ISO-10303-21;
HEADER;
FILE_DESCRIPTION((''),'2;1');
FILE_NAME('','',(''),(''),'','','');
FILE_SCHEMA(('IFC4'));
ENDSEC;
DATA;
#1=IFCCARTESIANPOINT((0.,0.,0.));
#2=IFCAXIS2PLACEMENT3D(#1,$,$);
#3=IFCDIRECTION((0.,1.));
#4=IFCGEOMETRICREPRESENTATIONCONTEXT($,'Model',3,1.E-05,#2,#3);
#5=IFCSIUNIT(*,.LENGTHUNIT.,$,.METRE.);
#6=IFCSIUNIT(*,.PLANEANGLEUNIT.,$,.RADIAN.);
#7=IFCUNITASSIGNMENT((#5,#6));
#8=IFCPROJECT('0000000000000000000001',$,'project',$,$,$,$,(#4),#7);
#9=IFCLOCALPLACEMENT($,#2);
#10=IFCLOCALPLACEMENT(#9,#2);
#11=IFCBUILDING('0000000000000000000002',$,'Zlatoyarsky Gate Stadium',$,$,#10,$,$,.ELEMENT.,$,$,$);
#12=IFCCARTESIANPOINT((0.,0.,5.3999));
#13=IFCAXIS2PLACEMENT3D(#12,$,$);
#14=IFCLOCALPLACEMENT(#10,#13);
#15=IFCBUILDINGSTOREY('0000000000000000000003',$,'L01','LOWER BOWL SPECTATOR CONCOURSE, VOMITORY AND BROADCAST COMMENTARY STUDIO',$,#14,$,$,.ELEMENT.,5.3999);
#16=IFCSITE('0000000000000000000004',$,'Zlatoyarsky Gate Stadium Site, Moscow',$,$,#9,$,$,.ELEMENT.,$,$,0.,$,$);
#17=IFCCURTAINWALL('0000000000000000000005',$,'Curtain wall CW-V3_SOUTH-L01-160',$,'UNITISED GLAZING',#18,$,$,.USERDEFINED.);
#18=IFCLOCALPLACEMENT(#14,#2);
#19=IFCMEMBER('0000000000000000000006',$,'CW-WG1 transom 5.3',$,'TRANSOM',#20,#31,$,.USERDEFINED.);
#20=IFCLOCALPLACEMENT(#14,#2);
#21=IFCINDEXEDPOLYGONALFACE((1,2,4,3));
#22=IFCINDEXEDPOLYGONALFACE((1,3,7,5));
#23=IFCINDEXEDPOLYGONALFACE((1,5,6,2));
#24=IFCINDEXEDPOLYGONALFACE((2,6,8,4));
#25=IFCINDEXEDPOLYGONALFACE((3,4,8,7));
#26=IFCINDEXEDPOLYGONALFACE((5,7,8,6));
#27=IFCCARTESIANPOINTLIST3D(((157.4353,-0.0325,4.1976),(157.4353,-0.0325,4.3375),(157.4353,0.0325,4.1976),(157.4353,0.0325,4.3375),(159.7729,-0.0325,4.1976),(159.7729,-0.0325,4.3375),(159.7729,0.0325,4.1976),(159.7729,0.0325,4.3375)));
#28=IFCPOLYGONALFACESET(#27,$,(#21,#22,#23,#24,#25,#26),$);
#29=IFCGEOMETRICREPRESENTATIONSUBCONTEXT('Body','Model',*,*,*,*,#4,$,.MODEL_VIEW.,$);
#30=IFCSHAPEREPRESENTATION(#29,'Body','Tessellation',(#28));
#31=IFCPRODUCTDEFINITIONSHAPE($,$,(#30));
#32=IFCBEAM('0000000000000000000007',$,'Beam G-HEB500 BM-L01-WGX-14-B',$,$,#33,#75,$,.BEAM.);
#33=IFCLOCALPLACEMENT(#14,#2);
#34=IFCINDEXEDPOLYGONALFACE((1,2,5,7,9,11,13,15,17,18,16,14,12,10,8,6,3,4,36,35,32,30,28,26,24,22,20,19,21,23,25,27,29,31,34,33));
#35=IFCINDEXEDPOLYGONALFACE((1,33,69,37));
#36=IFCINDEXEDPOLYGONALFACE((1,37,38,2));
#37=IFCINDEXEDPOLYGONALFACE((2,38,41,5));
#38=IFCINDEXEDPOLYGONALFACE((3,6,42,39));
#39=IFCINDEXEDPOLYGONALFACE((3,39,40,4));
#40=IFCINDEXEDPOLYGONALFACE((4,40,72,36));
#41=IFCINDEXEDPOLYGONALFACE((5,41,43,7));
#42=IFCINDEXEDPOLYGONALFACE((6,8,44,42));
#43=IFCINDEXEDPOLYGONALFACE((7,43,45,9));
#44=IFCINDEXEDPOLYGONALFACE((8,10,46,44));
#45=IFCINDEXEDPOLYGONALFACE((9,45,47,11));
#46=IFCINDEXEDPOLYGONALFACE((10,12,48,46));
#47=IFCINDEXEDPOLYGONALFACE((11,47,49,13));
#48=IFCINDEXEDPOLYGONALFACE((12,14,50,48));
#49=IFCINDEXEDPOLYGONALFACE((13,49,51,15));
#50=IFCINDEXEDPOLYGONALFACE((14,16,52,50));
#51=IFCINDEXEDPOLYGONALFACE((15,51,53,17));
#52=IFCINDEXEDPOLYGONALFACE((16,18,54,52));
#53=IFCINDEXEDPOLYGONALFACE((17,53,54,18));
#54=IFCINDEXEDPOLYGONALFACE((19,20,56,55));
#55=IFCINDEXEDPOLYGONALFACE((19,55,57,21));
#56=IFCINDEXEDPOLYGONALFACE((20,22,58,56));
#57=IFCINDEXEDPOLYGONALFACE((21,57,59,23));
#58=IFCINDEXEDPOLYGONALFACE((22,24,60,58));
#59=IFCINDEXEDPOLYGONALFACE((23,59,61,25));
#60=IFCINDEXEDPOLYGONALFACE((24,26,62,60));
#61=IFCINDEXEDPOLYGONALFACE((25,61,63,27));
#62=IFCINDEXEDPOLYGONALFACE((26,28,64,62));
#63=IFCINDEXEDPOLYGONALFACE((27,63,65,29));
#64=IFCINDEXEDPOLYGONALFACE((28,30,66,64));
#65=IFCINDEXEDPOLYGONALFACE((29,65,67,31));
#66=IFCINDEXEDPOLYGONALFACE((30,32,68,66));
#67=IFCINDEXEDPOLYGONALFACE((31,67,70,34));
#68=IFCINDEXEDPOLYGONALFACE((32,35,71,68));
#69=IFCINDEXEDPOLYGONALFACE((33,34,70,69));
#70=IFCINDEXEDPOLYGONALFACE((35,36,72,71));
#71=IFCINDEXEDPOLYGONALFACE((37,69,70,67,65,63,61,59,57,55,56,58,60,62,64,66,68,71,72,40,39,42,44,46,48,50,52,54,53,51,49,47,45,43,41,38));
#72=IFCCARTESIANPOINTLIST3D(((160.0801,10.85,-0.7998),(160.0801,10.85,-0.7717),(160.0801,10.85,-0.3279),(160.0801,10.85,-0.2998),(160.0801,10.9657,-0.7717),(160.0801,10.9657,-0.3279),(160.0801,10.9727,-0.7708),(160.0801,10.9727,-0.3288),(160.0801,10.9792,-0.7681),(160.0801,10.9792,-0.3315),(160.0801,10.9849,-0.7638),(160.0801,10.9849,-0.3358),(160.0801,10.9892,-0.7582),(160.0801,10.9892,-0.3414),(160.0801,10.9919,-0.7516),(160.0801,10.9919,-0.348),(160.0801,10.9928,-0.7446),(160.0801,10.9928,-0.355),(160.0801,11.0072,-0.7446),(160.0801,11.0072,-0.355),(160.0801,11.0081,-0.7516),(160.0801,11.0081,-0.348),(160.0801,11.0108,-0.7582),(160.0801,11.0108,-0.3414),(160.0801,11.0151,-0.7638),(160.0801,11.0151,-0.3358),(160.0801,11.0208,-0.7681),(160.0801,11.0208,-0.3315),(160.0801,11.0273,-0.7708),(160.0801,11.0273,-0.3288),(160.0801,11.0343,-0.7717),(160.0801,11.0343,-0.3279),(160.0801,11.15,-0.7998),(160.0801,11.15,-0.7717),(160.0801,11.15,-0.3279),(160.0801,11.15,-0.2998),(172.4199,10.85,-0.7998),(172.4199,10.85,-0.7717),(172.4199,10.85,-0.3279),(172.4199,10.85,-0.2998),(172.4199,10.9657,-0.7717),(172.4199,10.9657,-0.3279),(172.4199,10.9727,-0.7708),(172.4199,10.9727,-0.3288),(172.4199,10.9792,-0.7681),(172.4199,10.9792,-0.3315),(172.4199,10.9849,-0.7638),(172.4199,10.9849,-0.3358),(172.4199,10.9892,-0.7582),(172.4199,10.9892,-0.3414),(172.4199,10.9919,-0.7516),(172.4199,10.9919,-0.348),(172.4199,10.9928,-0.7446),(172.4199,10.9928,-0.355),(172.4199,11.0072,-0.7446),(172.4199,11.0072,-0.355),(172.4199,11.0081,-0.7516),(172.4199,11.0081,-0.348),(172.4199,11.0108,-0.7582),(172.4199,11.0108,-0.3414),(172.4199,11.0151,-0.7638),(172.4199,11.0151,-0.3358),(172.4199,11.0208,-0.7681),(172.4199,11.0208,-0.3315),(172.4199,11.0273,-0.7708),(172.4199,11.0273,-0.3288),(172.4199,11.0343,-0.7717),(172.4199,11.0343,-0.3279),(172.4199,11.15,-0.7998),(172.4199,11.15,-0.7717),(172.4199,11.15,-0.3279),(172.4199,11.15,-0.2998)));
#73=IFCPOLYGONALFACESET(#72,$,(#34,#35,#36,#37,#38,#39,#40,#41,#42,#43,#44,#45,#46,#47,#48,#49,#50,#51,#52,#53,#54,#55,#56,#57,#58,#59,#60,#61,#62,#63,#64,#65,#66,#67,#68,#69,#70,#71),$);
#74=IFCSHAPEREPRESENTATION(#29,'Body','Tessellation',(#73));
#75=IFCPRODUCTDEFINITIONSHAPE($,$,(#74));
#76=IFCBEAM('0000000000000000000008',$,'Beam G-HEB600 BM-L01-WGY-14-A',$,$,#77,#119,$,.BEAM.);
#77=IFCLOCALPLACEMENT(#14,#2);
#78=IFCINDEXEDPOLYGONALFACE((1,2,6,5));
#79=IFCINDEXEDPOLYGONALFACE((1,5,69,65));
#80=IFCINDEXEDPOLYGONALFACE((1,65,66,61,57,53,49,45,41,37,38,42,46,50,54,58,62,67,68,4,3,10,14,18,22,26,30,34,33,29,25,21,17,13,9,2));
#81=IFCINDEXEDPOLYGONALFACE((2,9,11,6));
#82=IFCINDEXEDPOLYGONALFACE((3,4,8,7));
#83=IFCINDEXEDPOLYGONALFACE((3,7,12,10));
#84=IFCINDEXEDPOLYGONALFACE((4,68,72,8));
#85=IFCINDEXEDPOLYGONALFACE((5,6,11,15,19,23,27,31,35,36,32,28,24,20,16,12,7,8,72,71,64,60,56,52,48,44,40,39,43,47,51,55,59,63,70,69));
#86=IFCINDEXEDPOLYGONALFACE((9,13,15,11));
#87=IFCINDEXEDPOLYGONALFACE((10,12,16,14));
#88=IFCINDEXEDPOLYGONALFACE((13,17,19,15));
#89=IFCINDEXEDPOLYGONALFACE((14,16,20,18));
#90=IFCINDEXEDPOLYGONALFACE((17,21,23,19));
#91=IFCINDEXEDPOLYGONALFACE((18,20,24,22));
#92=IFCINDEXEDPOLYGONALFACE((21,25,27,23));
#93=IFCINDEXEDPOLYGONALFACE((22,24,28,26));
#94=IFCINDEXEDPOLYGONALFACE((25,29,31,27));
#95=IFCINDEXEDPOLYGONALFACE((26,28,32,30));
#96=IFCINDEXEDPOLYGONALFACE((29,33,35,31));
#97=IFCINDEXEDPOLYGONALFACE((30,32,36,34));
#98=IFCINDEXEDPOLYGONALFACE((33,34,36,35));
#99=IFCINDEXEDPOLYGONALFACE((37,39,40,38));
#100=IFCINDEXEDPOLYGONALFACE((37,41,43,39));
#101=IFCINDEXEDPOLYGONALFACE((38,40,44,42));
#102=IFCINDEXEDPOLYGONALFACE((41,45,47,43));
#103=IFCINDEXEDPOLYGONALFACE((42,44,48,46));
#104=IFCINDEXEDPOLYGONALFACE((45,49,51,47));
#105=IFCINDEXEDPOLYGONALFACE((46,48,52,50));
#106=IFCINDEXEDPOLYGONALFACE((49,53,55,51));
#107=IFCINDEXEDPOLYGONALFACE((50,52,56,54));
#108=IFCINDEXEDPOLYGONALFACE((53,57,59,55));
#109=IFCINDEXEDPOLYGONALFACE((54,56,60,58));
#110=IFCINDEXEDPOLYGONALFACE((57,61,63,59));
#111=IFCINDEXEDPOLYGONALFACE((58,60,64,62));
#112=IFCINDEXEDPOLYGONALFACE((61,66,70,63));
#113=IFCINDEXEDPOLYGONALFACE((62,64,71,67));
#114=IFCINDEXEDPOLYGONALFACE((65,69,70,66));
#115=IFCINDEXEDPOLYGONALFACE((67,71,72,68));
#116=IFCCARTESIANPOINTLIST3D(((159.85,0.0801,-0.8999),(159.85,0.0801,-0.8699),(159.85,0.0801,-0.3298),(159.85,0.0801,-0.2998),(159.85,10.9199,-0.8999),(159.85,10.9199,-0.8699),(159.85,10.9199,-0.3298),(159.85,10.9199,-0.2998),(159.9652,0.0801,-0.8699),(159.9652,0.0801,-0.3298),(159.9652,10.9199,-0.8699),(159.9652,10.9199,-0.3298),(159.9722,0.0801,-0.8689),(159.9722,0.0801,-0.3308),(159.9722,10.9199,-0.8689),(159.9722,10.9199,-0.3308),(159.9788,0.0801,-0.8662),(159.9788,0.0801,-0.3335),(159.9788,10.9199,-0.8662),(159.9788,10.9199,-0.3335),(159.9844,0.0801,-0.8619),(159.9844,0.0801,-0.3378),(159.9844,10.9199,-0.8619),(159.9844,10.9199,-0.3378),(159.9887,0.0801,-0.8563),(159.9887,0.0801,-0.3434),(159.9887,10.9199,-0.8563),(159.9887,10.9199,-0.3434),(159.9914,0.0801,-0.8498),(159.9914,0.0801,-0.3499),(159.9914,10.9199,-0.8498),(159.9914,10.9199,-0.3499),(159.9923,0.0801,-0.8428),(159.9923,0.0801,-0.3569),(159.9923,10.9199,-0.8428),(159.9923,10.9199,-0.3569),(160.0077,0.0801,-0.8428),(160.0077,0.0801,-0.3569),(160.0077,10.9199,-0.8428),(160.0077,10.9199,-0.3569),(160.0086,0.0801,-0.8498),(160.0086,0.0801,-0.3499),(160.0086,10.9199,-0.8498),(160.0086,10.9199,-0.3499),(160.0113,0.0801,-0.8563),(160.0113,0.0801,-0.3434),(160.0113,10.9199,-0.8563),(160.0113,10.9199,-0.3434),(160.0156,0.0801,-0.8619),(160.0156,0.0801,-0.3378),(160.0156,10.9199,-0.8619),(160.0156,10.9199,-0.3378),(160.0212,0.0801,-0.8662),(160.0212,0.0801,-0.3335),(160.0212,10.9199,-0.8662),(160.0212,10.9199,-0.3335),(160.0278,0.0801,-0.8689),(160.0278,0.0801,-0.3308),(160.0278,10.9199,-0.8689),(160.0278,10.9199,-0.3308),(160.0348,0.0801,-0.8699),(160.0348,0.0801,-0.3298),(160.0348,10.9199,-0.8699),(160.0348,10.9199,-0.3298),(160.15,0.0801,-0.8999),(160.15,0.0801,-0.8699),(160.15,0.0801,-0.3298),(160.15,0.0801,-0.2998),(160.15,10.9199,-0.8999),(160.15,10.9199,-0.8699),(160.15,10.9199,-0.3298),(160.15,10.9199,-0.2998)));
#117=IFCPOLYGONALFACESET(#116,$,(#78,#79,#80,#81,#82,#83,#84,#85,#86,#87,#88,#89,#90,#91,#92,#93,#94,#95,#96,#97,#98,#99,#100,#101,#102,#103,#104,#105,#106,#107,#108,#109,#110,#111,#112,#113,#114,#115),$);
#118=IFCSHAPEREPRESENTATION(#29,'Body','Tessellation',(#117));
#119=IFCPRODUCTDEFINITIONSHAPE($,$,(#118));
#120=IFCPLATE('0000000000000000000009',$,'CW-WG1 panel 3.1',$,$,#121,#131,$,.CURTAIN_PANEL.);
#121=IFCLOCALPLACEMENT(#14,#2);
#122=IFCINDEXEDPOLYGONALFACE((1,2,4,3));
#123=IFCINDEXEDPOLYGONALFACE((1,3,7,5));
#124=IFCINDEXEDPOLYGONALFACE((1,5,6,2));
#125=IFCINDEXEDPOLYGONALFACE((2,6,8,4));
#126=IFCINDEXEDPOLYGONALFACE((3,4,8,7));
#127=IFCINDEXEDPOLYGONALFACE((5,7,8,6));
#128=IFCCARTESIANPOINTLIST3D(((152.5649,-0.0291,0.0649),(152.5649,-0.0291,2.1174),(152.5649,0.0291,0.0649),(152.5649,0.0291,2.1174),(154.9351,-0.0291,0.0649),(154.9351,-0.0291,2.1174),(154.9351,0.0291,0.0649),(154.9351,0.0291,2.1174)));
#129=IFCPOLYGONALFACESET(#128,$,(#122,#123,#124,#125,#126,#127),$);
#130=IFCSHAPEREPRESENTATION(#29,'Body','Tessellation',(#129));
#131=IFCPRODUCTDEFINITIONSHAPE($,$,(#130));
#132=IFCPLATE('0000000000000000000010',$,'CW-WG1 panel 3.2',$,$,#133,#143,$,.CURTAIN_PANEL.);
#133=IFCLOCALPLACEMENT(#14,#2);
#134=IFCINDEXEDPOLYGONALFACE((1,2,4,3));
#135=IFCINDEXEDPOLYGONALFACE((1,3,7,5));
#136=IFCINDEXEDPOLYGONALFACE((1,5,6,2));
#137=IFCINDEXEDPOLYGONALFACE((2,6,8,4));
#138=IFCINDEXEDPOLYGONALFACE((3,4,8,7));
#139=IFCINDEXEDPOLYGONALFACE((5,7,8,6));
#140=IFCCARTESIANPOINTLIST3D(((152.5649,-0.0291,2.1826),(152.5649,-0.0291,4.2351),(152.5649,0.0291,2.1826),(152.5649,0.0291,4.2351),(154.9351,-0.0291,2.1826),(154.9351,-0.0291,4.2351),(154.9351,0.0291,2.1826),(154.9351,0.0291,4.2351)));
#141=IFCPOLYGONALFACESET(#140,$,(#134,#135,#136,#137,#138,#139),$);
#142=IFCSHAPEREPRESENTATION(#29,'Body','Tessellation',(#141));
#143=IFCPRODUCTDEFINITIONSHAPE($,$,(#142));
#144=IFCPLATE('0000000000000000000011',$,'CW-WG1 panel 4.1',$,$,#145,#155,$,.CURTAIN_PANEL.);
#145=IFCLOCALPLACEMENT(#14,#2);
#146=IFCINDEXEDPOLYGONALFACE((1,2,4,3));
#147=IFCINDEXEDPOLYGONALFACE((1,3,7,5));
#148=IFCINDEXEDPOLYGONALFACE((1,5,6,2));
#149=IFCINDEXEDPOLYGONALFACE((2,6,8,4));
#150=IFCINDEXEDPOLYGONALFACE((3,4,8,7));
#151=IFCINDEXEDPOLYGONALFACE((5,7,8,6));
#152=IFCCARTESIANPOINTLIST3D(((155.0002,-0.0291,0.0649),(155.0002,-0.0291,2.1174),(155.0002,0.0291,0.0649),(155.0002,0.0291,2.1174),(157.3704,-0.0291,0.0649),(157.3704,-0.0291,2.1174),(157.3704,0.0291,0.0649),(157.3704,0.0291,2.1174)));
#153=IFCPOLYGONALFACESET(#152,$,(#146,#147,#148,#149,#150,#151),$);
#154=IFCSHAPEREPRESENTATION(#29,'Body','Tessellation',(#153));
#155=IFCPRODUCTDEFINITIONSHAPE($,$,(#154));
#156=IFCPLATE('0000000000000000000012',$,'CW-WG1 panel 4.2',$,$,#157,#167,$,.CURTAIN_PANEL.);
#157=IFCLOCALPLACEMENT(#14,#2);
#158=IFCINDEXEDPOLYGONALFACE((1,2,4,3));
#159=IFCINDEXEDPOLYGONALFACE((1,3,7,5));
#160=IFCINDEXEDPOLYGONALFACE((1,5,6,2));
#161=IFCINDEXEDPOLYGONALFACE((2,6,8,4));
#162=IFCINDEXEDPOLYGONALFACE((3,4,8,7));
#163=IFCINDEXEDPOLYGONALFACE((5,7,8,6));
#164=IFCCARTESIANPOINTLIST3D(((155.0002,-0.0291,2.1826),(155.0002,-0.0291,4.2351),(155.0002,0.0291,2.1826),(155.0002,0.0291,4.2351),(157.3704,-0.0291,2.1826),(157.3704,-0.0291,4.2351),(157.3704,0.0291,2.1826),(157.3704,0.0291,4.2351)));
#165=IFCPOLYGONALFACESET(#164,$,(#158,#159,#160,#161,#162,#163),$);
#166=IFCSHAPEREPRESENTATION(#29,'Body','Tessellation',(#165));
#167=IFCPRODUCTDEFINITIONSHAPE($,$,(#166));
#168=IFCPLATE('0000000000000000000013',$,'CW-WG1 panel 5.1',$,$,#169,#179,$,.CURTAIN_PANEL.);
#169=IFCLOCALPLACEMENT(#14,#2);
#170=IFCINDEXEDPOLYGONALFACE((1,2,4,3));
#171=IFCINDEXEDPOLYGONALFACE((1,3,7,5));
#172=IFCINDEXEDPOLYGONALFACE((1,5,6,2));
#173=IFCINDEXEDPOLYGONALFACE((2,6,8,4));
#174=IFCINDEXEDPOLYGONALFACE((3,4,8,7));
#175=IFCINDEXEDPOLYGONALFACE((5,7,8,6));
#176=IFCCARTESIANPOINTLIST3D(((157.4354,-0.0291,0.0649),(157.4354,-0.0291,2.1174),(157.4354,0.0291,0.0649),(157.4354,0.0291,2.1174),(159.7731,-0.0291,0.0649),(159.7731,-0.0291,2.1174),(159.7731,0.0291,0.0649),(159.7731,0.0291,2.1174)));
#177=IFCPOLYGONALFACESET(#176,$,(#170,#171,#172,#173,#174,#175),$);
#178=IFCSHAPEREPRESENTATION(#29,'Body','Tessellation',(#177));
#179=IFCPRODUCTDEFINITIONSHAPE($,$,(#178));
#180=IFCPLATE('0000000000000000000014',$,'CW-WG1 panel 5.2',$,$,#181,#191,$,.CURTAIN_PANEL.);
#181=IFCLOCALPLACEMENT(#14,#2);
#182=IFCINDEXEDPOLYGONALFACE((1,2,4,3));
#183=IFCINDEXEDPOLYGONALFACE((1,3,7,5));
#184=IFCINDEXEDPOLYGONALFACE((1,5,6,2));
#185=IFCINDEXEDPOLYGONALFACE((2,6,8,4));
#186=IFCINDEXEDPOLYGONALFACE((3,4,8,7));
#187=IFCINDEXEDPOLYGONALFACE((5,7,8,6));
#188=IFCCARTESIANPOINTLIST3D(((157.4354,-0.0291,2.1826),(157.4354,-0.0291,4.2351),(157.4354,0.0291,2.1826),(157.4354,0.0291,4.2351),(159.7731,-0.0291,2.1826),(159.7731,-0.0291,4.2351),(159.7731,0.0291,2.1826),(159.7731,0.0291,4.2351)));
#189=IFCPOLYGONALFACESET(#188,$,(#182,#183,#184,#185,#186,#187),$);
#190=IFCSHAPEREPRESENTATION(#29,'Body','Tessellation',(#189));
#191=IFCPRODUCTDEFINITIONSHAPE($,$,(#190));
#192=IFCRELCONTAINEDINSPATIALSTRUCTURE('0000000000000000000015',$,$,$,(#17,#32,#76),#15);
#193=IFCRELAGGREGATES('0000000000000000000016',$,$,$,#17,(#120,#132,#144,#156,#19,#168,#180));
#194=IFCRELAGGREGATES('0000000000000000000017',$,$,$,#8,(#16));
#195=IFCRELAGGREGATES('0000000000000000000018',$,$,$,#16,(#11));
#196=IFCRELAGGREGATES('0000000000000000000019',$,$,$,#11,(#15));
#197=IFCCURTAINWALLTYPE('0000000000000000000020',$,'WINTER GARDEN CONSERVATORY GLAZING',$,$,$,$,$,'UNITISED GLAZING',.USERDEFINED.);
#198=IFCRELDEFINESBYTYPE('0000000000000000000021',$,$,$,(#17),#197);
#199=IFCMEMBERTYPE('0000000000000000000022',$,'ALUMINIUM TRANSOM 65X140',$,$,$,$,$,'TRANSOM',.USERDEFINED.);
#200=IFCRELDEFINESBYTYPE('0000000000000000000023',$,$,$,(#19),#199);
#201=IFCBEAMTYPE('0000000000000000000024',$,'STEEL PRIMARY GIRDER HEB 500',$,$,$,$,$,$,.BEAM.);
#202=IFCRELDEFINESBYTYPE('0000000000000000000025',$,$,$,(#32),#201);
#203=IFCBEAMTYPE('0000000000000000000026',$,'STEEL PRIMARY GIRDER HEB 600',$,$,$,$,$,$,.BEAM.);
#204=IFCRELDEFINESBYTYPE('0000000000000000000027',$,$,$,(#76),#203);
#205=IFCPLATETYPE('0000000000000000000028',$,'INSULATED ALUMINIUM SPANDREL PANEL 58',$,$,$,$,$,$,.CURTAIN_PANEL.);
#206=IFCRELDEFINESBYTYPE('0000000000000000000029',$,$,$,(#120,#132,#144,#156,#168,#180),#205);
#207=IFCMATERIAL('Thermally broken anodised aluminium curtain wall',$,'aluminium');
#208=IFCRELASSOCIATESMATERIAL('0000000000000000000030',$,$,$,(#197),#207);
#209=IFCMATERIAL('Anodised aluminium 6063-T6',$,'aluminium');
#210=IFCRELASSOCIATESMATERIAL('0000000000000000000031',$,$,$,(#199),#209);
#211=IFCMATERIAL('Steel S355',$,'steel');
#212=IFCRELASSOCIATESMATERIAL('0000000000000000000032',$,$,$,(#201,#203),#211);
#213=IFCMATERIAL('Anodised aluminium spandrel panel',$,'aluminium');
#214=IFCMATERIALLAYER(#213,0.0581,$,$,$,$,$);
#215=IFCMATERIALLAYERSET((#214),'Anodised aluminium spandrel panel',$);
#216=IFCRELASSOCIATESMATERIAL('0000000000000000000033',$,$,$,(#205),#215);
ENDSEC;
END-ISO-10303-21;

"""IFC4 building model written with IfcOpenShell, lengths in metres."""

from ifc_helpers import new_model, si_unit, direction, frame, origin, origin_2d, place, context, subcontext, project, spatial, rectangle, i_section, extrude, material, layer, layer_set, material_profile, profile_set, type_object, element, aggregate, save


model = new_model("IFC4")

# Units and contexts
model_context = context("Model", 3, precision=1e-05, world=origin(), true_north=direction((0.0, 1.0)))
body_context = subcontext(model_context, "Body", "Model", "MODEL_VIEW")
ifc_project = project(units=[si_unit("LENGTHUNIT", "METRE"), si_unit("PLANEANGLEUNIT", "RADIAN")], contexts=[model_context])

# Site, building, storey
site_placement = place(None, origin())
site = spatial("IfcSite", under=ifc_project, at=site_placement, Name="Zlatoyarsky Gate Stadium Site, Moscow", CompositionType="ELEMENT", RefElevation=0.0)
building_placement = place(site_placement, origin())
building = spatial("IfcBuilding", under=site, at=building_placement, Name="Zlatoyarsky Gate Stadium", CompositionType="ELEMENT")
storey_placement = place(building_placement, frame((0.0, 0.0, 5.3999)))
storey = spatial("IfcBuildingStorey", under=building, at=storey_placement, Name="L01", Description="LOWER BOWL SPECTATOR CONCOURSE, VOMITORY AND BROADCAST COMMENTARY STUDIO", CompositionType="ELEMENT", Elevation=5.3999)

# Shared definitions
ifc_material_1 = material(Name="Steel S355", Category="steel")

# Curtain wall, member
ifc_material_2 = material(Name="Thermally broken anodised aluminium curtain wall", Category="aluminium")
curtain_wall_type = type_object("IfcCurtainWallType", Name="WINTER GARDEN CONSERVATORY GLAZING", ElementType="UNITISED GLAZING", PredefinedType="USERDEFINED", material=ifc_material_2)
curtain_wall_placement = place(storey_placement, origin())
curtain_wall = element("IfcCurtainWall", 1, at=curtain_wall_placement, inside=storey, type_object=curtain_wall_type, Name="Curtain wall CW-V3_SOUTH-L01-160", ObjectType="UNITISED GLAZING", PredefinedType="USERDEFINED")
ifc_material_3 = material(Name="Anodised aluminium 6063-T6", Category="aluminium")
ifc_material_profile_1 = material_profile(ifc_material_3, rectangle(XDim=0.0649, YDim=0.1399, at=origin_2d()), Name="ALU 65X140")
ifc_profile_set_1 = profile_set([ifc_material_profile_1], Name="Anodised aluminium 6063-T6")
member_type_1 = type_object("IfcMemberType", Name="ALUMINIUM TRANSOM 65X140", ElementType="TRANSOM", PredefinedType="USERDEFINED", material=ifc_profile_set_1)
member_1_placement = place(storey_placement, frame((157.4353, 0.0, 4.2676), z_axis=(1.0, 0.0, 0.0), x_axis=(0.0, 1.0, 0.0)))
member_1 = element("IfcMember", 2, at=member_1_placement, type_object=member_type_1, Name="CW-WG1 transom 5.3", ObjectType="TRANSOM", PredefinedType="USERDEFINED", context=body_context, shape_type="SweptSolid", body=[
    extrude(rectangle(XDim=0.0649, YDim=0.1399, at=origin_2d()), origin(), (0.0, 0.0, 1.0), 2.3376),
])

# Beams
ifc_material_profile_2 = material_profile(ifc_material_1, i_section(OverallWidth=0.3, OverallDepth=0.5, WebThickness=0.0144, FlangeThickness=0.0281, FilletRadius=0.0271, at=origin_2d()), Name="HEB 500")
ifc_profile_set_2 = profile_set([ifc_material_profile_2], Name="Steel S355")
beam_type_1 = type_object("IfcBeamType", Name="STEEL PRIMARY GIRDER HEB 500", PredefinedType="BEAM", material=ifc_profile_set_2)
beam_1_placement = place(storey_placement, frame((160.0801, 11.0, -0.5498), z_axis=(1.0, 0.0, 0.0), x_axis=(0.0, 1.0, 0.0)))
element("IfcBeam", 3, at=beam_1_placement, inside=storey, type_object=beam_type_1, Name="Beam G-HEB500 BM-L01-WGX-14-B", PredefinedType="BEAM", context=body_context, shape_type="SweptSolid", body=[
    extrude(i_section(OverallWidth=0.3, OverallDepth=0.5, WebThickness=0.0144, FlangeThickness=0.0281, FilletRadius=0.0271, at=origin_2d()), origin(), (0.0, 0.0, 1.0), 12.3398),
])
ifc_material_profile_3 = material_profile(ifc_material_1, i_section(OverallWidth=0.3, OverallDepth=0.6001, WebThickness=0.0154, FlangeThickness=0.03, FilletRadius=0.0271, at=origin_2d()), Name="HEB 600")
ifc_profile_set_3 = profile_set([ifc_material_profile_3], Name="Steel S355")
beam_type_2 = type_object("IfcBeamType", Name="STEEL PRIMARY GIRDER HEB 600", PredefinedType="BEAM", material=ifc_profile_set_3)
beam_2_placement = place(storey_placement, frame((160.0, 0.0801, -0.5999), z_axis=(0.0, 1.0, 0.0), x_axis=(-1.0, 0.0, 0.0)))
element("IfcBeam", 4, at=beam_2_placement, inside=storey, type_object=beam_type_2, Name="Beam G-HEB600 BM-L01-WGY-14-A", PredefinedType="BEAM", context=body_context, shape_type="SweptSolid", body=[
    extrude(i_section(OverallWidth=0.3, OverallDepth=0.6001, WebThickness=0.0154, FlangeThickness=0.03, FilletRadius=0.0271, at=origin_2d()), origin(), (0.0, 0.0, 1.0), 10.8398),
])

# Plates
ifc_material_4 = material(Name="Anodised aluminium spandrel panel", Category="aluminium")
ifc_layer_1 = layer(ifc_material_4, 0.0581)
ifc_layer_set_1 = layer_set([ifc_layer_1], Name="Anodised aluminium spandrel panel")
plate_type = type_object("IfcPlateType", Name="INSULATED ALUMINIUM SPANDREL PANEL 58", PredefinedType="CURTAIN_PANEL", material=ifc_layer_set_1)
plate_1_placement = place(storey_placement, frame((153.75, 0.0, 0.0649), z_axis=(0.0, 0.0, 1.0), x_axis=(1.0, 0.0, 0.0)))
plate_1 = element("IfcPlate", 5, at=plate_1_placement, type_object=plate_type, Name="CW-WG1 panel 3.1", PredefinedType="CURTAIN_PANEL", context=body_context, shape_type="SweptSolid", body=[
    extrude(rectangle(XDim=2.3701, YDim=0.0581, at=origin_2d()), origin(), (0.0, 0.0, 1.0), 2.0525),
])
plate_2_placement = place(storey_placement, frame((153.75, 0.0, 2.1826), z_axis=(0.0, 0.0, 1.0), x_axis=(1.0, 0.0, 0.0)))
plate_2 = element("IfcPlate", 6, at=plate_2_placement, type_object=plate_type, Name="CW-WG1 panel 3.2", PredefinedType="CURTAIN_PANEL", context=body_context, shape_type="SweptSolid", body=[
    extrude(rectangle(XDim=2.3701, YDim=0.0581, at=origin_2d()), origin(), (0.0, 0.0, 1.0), 2.0525),
])
plate_3_placement = place(storey_placement, frame((156.1853, 0.0, 0.0649), z_axis=(0.0, 0.0, 1.0), x_axis=(1.0, 0.0, 0.0)))
plate_3 = element("IfcPlate", 7, at=plate_3_placement, type_object=plate_type, Name="CW-WG1 panel 4.1", PredefinedType="CURTAIN_PANEL", context=body_context, shape_type="SweptSolid", body=[
    extrude(rectangle(XDim=2.3701, YDim=0.0581, at=origin_2d()), origin(), (0.0, 0.0, 1.0), 2.0525),
])
plate_4_placement = place(storey_placement, frame((156.1853, 0.0, 2.1826), z_axis=(0.0, 0.0, 1.0), x_axis=(1.0, 0.0, 0.0)))
plate_4 = element("IfcPlate", 8, at=plate_4_placement, type_object=plate_type, Name="CW-WG1 panel 4.2", PredefinedType="CURTAIN_PANEL", context=body_context, shape_type="SweptSolid", body=[
    extrude(rectangle(XDim=2.3701, YDim=0.0581, at=origin_2d()), origin(), (0.0, 0.0, 1.0), 2.0525),
])
plate_5_placement = place(storey_placement, frame((158.6042, 0.0, 0.0649), z_axis=(0.0, 0.0, 1.0), x_axis=(1.0, 0.0, 0.0)))
plate_5 = element("IfcPlate", 9, at=plate_5_placement, type_object=plate_type, Name="CW-WG1 panel 5.1", PredefinedType="CURTAIN_PANEL", context=body_context, shape_type="SweptSolid", body=[
    extrude(rectangle(XDim=2.3376, YDim=0.0581, at=origin_2d()), origin(), (0.0, 0.0, 1.0), 2.0525),
])
plate_6_placement = place(storey_placement, frame((158.6042, 0.0, 2.1826), z_axis=(0.0, 0.0, 1.0), x_axis=(1.0, 0.0, 0.0)))
plate_6 = element("IfcPlate", 10, at=plate_6_placement, type_object=plate_type, Name="CW-WG1 panel 5.2", PredefinedType="CURTAIN_PANEL", context=body_context, shape_type="SweptSolid", body=[
    extrude(rectangle(XDim=2.3376, YDim=0.0581, at=origin_2d()), origin(), (0.0, 0.0, 1.0), 2.0525),
])
aggregate(curtain_wall, [plate_1, plate_2, plate_3, plate_4, member_1, plate_5, plate_6])

save(model, "model.ifc")
